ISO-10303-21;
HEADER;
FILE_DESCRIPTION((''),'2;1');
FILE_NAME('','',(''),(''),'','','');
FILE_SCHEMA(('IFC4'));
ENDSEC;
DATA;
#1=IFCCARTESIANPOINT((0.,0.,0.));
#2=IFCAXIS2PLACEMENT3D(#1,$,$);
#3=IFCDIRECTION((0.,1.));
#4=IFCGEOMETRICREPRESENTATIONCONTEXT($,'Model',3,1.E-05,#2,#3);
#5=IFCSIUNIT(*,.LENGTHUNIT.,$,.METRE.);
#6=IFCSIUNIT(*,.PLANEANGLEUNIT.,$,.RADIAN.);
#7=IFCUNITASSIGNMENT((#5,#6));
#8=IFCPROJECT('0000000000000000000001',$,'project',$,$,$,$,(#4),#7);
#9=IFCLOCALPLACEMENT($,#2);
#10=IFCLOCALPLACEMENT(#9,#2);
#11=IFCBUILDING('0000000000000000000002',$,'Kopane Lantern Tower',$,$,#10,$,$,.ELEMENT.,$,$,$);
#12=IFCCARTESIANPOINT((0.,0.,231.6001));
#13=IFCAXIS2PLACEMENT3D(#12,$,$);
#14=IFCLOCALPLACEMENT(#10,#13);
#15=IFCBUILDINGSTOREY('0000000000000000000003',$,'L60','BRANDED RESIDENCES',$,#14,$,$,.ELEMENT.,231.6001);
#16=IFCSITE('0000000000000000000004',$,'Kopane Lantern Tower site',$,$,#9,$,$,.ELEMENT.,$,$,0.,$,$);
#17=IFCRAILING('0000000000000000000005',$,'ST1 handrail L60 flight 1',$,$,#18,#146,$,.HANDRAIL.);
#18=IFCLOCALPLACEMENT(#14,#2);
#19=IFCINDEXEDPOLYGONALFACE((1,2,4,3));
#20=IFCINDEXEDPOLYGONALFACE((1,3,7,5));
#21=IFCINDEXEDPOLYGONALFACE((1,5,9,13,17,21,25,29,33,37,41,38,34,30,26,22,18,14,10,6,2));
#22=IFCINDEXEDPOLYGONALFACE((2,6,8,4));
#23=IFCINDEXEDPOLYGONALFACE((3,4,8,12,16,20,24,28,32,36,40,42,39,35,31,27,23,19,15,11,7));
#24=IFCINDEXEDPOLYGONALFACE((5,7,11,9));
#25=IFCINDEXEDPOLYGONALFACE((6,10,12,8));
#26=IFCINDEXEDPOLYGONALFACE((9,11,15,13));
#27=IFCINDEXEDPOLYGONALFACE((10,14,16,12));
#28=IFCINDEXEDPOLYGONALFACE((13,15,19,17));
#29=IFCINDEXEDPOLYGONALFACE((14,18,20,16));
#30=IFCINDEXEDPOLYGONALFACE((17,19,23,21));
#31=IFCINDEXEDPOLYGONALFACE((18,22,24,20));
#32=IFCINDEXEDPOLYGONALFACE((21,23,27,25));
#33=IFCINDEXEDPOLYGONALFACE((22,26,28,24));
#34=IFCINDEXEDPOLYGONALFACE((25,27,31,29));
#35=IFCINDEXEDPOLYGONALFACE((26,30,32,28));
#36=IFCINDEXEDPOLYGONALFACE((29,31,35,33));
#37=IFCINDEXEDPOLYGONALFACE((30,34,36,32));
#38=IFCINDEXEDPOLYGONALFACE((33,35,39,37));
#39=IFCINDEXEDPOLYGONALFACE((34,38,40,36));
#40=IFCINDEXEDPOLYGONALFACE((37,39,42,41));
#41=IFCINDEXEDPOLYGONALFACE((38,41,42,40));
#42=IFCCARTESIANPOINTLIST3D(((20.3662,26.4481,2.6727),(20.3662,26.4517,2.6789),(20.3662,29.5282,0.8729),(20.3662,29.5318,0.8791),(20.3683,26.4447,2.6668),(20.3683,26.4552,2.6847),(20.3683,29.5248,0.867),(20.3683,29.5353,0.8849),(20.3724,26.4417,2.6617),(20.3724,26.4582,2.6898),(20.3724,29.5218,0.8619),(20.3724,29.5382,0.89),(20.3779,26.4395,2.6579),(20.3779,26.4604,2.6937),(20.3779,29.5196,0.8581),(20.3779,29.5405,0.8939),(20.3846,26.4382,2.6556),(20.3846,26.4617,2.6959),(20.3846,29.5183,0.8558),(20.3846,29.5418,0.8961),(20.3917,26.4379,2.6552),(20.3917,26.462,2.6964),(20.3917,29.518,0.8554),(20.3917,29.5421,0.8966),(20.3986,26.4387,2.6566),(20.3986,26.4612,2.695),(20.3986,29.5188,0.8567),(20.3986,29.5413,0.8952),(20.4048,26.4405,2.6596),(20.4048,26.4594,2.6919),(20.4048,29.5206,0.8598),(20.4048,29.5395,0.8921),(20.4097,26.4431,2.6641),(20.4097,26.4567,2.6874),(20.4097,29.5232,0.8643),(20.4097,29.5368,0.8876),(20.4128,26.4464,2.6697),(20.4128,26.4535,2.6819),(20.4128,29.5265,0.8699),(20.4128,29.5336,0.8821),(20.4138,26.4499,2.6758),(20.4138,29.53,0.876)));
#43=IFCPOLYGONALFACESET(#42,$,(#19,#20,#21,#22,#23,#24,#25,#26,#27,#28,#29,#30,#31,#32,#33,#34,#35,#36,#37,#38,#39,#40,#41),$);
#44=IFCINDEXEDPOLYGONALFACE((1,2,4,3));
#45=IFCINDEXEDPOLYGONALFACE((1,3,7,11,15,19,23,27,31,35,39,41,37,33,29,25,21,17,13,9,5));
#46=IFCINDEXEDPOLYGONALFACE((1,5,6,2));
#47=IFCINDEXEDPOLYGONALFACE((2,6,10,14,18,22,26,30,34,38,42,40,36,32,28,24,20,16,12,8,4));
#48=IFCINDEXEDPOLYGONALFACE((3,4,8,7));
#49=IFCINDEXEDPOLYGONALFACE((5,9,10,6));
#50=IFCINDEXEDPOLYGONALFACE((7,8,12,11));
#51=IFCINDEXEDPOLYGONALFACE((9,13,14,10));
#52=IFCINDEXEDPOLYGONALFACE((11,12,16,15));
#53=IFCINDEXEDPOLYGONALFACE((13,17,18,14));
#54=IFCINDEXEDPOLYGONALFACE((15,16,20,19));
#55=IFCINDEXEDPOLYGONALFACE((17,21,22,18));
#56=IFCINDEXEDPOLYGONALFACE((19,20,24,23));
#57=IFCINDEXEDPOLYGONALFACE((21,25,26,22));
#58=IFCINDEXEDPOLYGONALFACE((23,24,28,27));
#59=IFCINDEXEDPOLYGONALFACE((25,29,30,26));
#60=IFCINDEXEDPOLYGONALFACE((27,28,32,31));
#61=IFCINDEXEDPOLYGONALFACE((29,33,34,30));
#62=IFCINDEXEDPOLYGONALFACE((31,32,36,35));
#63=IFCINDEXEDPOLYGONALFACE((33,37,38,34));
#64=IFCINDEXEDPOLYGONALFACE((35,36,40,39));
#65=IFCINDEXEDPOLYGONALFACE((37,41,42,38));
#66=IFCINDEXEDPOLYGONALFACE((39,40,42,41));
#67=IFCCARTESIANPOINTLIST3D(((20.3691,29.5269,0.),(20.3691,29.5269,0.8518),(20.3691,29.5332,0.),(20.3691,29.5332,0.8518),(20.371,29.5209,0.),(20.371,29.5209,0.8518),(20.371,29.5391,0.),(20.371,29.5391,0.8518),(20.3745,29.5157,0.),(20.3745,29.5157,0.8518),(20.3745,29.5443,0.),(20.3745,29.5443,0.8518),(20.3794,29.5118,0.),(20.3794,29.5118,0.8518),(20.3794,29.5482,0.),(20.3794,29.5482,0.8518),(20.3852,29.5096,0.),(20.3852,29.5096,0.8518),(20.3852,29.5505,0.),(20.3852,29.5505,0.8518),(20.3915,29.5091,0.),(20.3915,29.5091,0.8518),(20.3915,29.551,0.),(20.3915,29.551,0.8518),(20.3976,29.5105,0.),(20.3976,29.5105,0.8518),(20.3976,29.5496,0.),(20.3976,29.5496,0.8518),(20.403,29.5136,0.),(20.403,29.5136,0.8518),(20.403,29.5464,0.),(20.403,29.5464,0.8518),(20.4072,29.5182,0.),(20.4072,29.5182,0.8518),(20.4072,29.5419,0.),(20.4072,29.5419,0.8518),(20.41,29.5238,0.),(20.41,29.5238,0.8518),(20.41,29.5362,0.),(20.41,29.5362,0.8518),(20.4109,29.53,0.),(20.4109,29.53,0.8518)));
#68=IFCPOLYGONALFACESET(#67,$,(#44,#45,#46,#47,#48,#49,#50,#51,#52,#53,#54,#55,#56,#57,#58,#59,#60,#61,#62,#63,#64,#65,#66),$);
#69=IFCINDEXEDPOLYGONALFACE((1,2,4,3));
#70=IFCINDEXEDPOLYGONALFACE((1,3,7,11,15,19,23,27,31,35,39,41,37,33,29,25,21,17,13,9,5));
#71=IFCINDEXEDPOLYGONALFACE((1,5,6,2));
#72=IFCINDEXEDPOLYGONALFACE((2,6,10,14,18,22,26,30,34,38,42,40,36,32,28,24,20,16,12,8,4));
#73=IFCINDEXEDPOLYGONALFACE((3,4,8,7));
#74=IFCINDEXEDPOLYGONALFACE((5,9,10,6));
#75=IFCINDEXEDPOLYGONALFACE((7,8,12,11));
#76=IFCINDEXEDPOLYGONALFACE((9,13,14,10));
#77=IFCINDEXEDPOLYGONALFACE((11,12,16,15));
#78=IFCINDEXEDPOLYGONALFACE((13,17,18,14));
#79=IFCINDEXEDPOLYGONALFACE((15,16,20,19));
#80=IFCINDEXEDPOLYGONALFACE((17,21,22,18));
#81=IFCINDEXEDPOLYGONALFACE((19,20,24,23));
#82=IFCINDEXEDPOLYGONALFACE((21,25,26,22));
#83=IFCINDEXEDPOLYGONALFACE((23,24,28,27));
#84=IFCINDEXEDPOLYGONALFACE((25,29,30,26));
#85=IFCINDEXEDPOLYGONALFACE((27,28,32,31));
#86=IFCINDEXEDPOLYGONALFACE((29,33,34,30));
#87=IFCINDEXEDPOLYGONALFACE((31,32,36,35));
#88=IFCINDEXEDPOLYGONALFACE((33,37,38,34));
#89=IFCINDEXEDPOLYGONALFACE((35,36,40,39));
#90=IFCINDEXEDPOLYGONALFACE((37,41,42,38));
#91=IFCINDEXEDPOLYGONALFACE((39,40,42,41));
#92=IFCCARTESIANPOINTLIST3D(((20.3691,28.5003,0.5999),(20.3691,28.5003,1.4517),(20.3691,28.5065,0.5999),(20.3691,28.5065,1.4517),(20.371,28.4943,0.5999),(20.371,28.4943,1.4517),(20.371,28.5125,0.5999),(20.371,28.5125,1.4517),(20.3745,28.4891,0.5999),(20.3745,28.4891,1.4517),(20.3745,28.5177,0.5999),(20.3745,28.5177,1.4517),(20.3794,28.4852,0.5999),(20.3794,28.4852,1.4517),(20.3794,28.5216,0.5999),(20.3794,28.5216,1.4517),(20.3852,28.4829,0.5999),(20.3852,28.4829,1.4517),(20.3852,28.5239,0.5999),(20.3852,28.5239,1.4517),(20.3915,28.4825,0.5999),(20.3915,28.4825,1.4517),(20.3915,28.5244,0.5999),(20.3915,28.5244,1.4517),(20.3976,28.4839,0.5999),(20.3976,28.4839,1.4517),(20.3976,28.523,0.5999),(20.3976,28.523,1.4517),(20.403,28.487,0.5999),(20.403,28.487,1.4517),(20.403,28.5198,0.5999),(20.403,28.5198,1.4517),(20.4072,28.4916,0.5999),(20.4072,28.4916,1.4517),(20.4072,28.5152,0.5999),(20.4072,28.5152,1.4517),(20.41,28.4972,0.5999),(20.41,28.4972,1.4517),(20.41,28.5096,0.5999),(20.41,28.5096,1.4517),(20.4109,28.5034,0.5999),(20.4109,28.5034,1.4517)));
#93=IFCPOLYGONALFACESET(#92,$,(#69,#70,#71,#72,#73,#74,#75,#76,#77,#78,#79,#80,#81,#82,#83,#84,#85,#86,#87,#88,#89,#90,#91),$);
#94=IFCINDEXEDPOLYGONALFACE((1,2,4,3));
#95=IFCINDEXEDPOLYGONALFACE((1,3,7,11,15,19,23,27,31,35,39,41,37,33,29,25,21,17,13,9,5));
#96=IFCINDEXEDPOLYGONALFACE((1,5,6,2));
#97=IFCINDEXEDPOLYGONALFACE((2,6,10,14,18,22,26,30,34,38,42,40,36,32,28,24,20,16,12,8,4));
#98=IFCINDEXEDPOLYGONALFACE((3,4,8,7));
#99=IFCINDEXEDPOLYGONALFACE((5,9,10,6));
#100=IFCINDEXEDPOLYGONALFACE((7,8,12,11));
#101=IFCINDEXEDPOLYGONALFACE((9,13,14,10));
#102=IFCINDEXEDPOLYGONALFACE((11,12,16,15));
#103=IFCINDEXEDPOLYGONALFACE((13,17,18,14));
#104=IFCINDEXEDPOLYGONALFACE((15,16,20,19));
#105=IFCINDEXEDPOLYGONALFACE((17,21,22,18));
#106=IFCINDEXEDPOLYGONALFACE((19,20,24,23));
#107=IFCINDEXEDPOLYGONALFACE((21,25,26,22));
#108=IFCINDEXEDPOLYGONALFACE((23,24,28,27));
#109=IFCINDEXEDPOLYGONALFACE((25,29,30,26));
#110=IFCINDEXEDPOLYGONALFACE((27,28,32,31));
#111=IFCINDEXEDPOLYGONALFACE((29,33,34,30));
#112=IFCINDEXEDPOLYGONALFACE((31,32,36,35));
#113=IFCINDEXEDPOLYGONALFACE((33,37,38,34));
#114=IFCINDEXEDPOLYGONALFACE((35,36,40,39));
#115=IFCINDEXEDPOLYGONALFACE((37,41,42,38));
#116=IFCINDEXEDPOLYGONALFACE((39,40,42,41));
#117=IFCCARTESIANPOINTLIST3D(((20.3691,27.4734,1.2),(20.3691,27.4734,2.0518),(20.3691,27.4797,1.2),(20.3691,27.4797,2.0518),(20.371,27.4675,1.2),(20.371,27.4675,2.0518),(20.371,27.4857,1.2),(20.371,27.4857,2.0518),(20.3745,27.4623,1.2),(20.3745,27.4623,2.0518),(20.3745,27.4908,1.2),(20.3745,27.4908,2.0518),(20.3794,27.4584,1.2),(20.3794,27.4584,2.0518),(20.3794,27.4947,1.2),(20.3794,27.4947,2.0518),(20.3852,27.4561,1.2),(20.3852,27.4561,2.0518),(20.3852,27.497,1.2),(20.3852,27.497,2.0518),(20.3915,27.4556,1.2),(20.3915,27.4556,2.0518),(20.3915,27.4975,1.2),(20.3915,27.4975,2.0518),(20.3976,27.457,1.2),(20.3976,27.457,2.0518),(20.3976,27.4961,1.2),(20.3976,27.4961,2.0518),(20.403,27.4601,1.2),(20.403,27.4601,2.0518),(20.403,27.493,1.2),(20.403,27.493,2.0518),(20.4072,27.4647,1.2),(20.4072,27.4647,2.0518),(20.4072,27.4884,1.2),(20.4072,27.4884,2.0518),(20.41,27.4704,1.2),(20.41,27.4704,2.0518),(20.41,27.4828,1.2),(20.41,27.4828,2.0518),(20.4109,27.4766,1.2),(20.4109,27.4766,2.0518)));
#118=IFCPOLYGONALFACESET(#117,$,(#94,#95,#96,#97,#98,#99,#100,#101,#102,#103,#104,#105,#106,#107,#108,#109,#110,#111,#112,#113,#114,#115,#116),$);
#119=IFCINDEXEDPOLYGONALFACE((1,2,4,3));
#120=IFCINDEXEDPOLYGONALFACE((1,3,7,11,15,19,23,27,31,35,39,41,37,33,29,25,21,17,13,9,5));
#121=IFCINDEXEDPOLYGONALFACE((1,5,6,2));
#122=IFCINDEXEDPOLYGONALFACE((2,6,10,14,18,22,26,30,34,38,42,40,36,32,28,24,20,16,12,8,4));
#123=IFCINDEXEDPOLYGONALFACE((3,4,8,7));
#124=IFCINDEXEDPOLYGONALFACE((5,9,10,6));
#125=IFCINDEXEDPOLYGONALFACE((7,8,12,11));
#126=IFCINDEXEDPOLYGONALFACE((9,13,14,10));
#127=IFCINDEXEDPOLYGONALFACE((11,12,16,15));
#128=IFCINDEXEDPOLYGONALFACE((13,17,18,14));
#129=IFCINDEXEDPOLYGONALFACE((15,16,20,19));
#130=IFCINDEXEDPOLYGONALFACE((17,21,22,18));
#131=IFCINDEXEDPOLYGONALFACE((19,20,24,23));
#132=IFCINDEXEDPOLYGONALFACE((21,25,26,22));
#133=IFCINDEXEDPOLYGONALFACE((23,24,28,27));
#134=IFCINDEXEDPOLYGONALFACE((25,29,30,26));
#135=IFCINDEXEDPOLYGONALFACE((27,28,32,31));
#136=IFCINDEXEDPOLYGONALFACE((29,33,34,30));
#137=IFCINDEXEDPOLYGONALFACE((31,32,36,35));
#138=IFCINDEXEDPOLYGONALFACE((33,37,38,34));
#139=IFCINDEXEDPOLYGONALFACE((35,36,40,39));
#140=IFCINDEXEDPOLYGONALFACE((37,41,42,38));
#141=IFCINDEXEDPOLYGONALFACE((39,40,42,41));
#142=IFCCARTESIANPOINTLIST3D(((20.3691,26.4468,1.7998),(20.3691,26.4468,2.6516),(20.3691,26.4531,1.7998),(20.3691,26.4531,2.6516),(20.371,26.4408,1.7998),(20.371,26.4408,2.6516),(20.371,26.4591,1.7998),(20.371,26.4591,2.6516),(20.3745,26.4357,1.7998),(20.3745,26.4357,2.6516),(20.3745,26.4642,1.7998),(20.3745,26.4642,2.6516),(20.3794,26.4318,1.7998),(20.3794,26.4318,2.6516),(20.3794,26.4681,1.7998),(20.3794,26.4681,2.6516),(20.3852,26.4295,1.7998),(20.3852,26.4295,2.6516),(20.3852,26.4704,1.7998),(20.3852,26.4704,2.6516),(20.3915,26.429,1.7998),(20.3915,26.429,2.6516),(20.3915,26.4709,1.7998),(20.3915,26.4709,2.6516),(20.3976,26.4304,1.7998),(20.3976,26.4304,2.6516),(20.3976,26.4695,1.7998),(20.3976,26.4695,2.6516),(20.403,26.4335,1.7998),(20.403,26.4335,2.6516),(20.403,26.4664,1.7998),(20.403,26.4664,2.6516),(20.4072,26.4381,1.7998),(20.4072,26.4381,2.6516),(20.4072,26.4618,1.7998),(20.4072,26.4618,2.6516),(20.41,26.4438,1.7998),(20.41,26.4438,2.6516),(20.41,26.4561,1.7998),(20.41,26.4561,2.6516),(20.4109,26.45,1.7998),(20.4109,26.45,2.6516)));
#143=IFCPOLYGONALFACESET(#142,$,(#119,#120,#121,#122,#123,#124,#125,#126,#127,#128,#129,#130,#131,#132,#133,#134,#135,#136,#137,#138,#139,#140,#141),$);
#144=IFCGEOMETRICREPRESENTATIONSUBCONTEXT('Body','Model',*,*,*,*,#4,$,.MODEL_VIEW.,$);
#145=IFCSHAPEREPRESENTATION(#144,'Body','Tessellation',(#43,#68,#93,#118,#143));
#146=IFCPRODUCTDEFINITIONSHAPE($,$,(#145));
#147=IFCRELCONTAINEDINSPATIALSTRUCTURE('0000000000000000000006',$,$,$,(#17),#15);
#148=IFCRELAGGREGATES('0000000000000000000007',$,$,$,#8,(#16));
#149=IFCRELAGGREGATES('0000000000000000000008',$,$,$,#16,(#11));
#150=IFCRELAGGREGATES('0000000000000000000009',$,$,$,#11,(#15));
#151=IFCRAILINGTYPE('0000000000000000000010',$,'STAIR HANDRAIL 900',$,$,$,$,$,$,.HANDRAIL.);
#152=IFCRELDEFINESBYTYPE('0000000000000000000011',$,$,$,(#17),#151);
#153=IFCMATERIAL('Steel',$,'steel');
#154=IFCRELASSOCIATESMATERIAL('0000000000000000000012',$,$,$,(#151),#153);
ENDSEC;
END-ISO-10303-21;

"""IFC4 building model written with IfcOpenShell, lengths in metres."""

from ifc_helpers import new_model, si_unit, direction, frame, origin, origin_2d, place, context, subcontext, project, spatial, circle, extrude, material, type_object, element, save


model = new_model("IFC4")

# Units and contexts
model_context = context("Model", 3, precision=1e-05, world=origin(), true_north=direction((0.0, 1.0)))
body_context = subcontext(model_context, "Body", "Model", "MODEL_VIEW")
ifc_project = project(units=[si_unit("LENGTHUNIT", "METRE"), si_unit("PLANEANGLEUNIT", "RADIAN")], contexts=[model_context])

# Site, building, storey
site_placement = place(None, origin())
site = spatial("IfcSite", under=ifc_project, at=site_placement, Name="Kopane Lantern Tower site", CompositionType="ELEMENT", RefElevation=0.0)
building_placement = place(site_placement, origin())
building = spatial("IfcBuilding", under=site, at=building_placement, Name="Kopane Lantern Tower", CompositionType="ELEMENT")
storey_placement = place(building_placement, frame((0.0, 0.0, 231.6001)))
storey = spatial("IfcBuildingStorey", under=building, at=storey_placement, Name="L60", Description="BRANDED RESIDENCES", CompositionType="ELEMENT", Elevation=231.6001)

# Railing
ifc_material_1 = material(Name="Steel", Category="steel")
railing_type_1 = type_object("IfcRailingType", Name="STAIR HANDRAIL 900", PredefinedType="HANDRAIL", material=ifc_material_1)
for number, where, name in (
    (1, (20.3899, 29.53, 0.0), "ST1 handrail L60 flight 1"),
):
    element("IfcRailing", number, at=place(storey_placement, frame(where)), inside=storey, type_object=railing_type_1, Name=name, PredefinedType="HANDRAIL", context=body_context, shape_type="SweptSolid", body=[
        extrude(circle(Radius=0.0239, at=origin_2d()), frame((0.0, 0.0, 0.876), z_axis=(0.0, -0.863401, 0.504518), x_axis=(1.0, 0.0, 0.0)), (0.0, 0.0, 1.0), 3.5674),
        extrude(circle(Radius=0.021, at=origin_2d()), origin(), (0.0, 0.0, 1.0), 0.8518),
        extrude(circle(Radius=0.021, at=origin_2d()), frame((0.0, -1.0266, 0.5999)), (0.0, 0.0, 1.0), 0.8518),
        extrude(circle(Radius=0.021, at=origin_2d()), frame((0.0, -2.0535, 1.2)), (0.0, 0.0, 1.0), 0.8518),
        extrude(circle(Radius=0.021, at=origin_2d()), frame((0.0, -3.0801, 1.7998)), (0.0, 0.0, 1.0), 0.8518),
    ])

save(model, "model.ifc")
